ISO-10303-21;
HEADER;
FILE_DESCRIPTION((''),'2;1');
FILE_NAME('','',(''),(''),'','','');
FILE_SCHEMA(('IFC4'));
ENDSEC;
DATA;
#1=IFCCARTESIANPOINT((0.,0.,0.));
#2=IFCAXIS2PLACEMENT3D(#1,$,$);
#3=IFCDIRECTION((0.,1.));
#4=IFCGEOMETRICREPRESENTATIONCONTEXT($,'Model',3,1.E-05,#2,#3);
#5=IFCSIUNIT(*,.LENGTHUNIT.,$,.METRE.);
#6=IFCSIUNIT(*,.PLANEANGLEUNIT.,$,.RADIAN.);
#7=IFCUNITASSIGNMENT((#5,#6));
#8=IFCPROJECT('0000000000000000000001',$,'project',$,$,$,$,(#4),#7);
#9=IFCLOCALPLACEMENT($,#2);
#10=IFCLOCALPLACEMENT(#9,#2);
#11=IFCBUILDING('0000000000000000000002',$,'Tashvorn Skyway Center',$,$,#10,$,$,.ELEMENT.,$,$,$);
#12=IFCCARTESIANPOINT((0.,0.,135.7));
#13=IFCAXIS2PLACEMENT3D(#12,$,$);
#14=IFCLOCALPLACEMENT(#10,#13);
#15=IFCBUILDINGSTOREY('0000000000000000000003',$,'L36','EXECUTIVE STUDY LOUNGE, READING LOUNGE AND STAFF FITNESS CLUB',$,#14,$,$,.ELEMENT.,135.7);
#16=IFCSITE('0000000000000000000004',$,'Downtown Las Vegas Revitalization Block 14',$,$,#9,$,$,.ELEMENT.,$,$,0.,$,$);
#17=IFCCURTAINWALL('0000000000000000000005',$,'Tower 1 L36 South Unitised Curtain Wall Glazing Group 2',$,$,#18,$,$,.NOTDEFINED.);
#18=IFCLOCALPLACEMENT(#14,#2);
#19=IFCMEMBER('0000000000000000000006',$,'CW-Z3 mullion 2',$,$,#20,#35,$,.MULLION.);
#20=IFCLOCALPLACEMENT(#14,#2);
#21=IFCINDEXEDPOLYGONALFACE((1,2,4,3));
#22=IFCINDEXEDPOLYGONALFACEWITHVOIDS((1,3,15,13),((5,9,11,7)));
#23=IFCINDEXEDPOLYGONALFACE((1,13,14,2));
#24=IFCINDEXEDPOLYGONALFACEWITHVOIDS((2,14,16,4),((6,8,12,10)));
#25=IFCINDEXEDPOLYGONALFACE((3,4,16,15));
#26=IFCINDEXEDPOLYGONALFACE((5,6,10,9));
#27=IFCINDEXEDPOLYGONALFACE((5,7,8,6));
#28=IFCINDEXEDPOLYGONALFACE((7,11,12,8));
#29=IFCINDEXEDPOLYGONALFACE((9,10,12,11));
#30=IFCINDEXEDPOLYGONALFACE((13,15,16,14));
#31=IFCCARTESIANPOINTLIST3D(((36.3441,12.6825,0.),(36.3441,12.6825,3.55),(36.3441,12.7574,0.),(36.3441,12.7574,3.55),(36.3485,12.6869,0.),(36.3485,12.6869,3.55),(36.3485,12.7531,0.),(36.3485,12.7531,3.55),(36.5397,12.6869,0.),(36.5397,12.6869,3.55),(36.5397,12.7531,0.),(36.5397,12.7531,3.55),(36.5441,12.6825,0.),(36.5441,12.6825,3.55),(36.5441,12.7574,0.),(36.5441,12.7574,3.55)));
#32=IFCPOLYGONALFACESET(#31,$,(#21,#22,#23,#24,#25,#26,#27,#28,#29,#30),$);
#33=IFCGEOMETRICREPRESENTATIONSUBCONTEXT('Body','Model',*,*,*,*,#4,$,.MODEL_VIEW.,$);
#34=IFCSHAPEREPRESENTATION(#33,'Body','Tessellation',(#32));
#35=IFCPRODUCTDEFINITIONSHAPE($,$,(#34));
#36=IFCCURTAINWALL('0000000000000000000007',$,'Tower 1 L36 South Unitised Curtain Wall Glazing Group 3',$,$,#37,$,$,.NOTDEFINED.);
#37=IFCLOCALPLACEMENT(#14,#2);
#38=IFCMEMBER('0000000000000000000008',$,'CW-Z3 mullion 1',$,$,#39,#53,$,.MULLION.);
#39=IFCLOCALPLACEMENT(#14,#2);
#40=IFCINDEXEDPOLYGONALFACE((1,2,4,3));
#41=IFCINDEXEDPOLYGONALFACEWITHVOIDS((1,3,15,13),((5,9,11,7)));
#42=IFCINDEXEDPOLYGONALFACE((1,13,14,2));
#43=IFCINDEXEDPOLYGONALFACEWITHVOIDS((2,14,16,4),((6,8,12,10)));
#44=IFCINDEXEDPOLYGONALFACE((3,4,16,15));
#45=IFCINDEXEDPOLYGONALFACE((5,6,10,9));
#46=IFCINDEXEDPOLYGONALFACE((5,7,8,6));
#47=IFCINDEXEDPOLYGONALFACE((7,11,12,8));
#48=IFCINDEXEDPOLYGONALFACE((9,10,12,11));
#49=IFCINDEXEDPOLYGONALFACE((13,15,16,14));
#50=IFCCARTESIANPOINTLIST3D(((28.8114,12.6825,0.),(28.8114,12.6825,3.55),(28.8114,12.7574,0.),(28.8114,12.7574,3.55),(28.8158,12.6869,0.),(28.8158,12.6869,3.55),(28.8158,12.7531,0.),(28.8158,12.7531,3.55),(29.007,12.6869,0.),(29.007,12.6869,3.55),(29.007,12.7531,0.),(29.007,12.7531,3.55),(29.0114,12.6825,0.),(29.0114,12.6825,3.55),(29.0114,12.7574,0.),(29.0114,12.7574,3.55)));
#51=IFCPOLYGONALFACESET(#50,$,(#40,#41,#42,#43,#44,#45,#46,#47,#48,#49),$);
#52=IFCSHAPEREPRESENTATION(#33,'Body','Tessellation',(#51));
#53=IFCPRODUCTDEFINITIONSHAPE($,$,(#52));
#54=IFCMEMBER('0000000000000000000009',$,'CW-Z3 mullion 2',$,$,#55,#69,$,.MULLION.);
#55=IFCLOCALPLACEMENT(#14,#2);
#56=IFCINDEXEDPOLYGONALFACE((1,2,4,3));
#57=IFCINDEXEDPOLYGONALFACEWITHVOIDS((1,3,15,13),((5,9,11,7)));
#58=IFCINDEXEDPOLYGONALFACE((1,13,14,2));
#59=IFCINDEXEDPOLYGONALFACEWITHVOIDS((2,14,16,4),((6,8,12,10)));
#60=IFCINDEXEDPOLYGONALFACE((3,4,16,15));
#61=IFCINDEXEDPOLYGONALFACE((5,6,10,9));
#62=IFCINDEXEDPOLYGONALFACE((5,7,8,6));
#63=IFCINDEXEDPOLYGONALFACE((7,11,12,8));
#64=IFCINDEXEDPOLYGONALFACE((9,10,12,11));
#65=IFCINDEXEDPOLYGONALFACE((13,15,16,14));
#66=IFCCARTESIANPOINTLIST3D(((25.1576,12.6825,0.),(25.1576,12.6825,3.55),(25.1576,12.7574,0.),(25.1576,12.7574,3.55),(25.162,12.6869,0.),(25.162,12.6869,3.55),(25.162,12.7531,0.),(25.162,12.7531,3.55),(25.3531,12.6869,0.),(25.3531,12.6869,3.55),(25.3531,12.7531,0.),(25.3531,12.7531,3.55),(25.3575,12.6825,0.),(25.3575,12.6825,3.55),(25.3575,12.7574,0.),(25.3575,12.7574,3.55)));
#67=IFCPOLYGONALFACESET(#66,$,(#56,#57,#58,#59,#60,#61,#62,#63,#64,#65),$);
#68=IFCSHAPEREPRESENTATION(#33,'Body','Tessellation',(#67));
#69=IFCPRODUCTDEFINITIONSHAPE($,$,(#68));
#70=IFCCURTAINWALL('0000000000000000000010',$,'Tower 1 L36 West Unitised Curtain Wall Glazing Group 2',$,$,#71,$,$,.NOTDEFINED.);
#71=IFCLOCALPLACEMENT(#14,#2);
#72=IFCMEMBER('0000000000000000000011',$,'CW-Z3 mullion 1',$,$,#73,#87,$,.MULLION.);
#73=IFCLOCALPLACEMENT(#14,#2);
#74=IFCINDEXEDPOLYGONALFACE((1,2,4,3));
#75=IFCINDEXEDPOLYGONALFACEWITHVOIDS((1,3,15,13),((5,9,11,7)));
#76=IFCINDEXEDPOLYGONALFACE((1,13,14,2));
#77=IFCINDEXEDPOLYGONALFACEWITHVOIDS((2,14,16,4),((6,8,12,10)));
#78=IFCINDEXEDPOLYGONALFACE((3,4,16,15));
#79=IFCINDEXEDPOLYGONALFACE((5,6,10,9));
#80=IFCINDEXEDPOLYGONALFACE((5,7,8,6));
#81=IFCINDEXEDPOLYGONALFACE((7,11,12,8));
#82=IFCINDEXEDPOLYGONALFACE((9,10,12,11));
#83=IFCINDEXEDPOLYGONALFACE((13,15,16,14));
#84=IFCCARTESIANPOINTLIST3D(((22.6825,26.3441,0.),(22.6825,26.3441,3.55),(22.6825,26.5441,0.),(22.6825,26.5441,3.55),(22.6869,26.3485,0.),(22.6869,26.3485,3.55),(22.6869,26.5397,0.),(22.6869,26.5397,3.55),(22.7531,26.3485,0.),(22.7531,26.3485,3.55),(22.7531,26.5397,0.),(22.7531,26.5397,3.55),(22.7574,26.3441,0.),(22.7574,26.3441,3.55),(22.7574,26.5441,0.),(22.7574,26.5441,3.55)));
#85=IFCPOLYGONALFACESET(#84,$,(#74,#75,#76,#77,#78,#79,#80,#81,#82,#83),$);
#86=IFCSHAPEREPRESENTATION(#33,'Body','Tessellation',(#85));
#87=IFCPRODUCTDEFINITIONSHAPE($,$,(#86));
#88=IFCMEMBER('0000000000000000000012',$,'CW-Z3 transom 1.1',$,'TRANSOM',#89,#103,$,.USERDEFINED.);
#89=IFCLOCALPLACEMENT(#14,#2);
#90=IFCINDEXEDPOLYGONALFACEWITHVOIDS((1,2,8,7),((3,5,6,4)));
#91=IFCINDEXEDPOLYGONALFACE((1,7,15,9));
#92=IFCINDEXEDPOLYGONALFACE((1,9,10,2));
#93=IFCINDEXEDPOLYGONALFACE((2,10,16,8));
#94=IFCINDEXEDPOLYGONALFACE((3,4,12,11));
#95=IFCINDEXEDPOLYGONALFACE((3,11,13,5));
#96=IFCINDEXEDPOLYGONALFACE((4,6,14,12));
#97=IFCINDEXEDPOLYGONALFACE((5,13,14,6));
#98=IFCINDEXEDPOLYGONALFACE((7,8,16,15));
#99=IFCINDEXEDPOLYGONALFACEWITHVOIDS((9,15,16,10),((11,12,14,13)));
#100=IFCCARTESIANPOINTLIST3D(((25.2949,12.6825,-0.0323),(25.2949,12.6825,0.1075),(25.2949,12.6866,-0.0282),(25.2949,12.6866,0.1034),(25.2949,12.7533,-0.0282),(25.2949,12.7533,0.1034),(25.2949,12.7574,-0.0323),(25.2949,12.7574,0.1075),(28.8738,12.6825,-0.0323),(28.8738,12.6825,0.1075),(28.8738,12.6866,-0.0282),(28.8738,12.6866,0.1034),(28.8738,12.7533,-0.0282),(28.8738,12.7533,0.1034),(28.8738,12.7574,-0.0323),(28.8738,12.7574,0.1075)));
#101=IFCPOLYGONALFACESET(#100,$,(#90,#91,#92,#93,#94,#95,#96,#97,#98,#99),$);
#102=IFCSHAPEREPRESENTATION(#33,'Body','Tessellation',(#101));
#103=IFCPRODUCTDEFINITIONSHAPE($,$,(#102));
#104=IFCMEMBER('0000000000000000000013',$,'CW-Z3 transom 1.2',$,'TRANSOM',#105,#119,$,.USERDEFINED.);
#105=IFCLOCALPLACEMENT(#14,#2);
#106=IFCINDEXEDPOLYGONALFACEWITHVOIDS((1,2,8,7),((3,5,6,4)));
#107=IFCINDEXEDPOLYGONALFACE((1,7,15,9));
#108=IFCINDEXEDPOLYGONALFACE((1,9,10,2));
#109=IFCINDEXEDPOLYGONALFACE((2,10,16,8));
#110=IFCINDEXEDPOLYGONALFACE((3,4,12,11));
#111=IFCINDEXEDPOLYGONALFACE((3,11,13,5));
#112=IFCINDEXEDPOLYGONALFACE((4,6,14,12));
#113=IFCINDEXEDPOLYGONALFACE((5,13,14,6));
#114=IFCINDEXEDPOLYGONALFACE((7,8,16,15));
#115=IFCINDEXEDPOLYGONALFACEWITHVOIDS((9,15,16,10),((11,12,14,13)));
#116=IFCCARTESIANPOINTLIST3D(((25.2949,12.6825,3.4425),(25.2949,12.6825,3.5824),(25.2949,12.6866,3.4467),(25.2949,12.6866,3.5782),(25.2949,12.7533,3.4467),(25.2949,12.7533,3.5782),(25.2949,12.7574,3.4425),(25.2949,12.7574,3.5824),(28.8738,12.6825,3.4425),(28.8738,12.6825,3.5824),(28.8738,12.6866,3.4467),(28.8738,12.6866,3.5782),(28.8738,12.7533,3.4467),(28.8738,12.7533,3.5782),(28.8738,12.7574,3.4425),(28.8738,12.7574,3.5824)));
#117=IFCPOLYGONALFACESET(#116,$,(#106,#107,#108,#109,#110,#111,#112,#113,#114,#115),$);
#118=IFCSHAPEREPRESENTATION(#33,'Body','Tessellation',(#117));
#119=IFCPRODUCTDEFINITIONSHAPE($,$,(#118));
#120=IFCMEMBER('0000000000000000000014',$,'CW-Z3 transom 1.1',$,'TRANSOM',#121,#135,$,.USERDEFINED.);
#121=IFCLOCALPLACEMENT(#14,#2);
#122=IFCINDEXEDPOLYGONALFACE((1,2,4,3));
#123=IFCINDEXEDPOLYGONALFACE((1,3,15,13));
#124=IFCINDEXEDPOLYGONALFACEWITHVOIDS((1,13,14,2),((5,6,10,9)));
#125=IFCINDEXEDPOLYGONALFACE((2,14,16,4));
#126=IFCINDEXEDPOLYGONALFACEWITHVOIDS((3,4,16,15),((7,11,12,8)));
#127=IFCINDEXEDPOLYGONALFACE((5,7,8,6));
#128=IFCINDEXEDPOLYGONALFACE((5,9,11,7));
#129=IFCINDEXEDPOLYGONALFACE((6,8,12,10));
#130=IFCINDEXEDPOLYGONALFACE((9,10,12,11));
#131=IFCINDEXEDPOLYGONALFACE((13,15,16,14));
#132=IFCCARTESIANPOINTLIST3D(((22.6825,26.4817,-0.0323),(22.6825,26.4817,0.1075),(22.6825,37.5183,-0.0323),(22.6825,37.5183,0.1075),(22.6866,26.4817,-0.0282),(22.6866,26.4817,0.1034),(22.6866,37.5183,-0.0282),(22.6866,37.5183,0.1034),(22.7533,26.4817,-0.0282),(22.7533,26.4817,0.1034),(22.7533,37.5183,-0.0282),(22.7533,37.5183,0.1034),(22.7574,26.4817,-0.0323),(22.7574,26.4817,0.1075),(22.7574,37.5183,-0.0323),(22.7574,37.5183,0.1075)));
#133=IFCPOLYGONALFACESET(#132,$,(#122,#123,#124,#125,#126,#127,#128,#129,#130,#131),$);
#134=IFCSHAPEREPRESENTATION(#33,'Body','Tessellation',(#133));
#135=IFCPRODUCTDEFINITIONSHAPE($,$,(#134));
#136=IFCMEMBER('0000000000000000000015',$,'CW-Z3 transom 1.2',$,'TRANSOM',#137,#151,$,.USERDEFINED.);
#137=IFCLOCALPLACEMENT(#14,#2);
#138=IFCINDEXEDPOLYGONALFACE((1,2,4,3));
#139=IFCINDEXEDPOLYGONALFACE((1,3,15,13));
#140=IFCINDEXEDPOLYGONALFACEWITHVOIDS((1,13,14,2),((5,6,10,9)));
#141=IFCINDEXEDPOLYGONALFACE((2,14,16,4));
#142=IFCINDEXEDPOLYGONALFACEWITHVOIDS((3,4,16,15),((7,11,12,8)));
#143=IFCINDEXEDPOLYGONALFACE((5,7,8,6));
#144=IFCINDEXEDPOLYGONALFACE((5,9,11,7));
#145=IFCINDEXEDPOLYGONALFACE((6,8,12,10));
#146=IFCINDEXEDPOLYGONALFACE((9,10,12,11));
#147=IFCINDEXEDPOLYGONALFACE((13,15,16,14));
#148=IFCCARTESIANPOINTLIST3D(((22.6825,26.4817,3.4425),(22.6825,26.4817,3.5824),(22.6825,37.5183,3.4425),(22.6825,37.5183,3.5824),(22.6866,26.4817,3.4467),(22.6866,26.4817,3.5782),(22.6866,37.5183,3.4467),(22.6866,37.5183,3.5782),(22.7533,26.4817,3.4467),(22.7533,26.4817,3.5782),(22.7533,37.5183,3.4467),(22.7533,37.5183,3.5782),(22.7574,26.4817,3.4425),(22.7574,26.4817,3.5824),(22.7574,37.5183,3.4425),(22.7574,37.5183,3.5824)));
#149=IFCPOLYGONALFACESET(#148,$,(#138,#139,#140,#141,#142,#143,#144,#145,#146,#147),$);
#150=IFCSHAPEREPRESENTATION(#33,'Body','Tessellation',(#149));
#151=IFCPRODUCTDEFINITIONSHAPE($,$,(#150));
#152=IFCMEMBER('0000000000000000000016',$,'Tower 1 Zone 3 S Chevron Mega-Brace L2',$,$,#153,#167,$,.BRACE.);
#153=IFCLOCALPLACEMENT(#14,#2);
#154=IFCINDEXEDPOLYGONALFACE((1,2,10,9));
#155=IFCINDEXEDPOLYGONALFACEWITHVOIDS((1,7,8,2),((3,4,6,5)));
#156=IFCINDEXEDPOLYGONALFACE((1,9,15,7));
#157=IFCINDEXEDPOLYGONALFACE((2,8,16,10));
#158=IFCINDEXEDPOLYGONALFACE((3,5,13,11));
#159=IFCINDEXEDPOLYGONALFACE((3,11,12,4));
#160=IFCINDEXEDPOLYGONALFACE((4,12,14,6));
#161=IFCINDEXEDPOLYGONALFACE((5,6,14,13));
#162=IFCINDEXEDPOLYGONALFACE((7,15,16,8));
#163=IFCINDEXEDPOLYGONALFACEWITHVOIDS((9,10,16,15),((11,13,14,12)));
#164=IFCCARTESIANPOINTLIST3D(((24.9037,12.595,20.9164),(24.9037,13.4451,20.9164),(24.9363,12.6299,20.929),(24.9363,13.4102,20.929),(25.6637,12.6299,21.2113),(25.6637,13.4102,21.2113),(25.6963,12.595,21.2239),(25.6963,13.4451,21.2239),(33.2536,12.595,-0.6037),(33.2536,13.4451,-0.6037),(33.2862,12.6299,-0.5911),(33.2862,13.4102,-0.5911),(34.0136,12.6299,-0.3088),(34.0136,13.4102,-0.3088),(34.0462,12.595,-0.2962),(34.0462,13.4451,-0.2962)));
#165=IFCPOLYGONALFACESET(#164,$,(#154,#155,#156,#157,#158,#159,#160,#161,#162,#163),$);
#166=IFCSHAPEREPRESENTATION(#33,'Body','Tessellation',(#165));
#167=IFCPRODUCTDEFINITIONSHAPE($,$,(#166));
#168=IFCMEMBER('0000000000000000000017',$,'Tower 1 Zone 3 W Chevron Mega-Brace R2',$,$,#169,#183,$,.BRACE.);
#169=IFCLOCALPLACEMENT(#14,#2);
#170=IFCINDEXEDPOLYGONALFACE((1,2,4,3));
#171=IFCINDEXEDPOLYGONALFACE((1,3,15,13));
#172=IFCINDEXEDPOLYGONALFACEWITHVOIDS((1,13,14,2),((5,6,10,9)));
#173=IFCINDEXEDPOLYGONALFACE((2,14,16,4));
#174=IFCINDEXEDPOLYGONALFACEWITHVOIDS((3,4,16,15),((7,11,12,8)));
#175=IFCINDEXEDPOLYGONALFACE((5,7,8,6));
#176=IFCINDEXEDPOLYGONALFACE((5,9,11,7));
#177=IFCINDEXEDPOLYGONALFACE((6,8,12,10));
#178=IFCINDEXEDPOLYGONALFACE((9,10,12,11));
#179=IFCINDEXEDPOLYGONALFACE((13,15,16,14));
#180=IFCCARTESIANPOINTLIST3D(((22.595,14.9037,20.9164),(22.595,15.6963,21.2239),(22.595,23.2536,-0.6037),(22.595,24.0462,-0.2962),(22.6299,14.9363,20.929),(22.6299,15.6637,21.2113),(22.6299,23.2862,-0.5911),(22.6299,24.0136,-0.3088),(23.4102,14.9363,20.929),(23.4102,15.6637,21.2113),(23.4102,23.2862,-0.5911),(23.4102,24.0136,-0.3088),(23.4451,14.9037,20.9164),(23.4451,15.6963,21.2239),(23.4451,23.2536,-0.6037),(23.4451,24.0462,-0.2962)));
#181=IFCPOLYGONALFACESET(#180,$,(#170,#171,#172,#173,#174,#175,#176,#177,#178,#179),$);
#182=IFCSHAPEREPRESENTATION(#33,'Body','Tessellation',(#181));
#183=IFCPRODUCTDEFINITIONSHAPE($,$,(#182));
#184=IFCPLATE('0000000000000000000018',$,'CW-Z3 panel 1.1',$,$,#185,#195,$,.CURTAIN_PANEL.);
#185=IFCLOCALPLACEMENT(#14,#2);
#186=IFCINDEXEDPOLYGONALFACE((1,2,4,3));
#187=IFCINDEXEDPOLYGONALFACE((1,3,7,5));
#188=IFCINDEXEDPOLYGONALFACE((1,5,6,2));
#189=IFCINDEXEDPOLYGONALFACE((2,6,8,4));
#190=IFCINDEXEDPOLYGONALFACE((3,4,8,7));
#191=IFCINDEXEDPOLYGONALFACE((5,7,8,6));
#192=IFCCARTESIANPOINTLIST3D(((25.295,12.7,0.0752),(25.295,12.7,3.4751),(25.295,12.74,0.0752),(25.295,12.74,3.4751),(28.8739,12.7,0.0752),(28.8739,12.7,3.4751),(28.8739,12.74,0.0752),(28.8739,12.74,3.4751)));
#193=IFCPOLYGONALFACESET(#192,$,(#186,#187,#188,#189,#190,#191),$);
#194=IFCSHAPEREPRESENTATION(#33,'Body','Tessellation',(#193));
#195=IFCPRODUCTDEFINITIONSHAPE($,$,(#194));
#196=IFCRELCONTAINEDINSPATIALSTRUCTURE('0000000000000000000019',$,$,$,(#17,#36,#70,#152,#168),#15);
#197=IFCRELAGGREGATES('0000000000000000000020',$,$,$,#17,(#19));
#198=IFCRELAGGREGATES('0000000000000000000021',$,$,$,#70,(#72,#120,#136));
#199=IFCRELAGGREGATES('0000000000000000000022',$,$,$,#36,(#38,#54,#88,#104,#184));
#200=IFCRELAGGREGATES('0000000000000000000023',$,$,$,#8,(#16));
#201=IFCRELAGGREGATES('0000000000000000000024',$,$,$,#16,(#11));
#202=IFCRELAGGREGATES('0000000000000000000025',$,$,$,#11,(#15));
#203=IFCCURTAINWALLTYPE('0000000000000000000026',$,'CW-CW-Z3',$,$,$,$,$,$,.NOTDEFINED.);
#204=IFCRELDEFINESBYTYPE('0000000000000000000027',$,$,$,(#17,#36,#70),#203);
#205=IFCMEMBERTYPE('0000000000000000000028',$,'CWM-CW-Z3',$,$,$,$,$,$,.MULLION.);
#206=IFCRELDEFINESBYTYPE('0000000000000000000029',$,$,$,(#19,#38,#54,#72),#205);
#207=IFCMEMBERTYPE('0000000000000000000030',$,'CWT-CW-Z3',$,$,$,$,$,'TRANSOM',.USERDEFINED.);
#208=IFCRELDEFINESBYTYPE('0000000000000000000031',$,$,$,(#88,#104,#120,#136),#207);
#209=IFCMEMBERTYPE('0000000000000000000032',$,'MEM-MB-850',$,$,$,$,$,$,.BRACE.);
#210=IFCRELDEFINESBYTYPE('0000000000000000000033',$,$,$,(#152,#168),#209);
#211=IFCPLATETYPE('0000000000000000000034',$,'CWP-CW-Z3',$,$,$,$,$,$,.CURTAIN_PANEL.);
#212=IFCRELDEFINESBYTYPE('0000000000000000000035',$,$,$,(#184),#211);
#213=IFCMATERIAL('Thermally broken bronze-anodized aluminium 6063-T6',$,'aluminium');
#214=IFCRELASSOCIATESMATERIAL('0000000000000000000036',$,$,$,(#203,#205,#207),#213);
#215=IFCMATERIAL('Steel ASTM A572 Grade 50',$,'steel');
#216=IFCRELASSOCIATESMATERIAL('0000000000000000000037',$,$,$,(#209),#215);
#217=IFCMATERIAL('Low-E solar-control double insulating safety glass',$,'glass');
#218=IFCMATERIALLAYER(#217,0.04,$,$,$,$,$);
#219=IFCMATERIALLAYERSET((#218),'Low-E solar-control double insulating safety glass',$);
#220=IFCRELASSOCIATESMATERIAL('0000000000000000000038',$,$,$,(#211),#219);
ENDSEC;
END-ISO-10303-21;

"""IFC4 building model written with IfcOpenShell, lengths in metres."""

from ifc_helpers import new_model, si_unit, direction, frame, origin, origin_2d, place, context, subcontext, project, spatial, rectangle, hollow_rectangle, extrude, material, layer, layer_set, material_profile, profile_set, type_object, element, aggregate, save


model = new_model("IFC4")

# Units and contexts
model_context = context("Model", 3, precision=1e-05, world=origin(), true_north=direction((0.0, 1.0)))
body_context = subcontext(model_context, "Body", "Model", "MODEL_VIEW")
ifc_project = project(units=[si_unit("LENGTHUNIT", "METRE"), si_unit("PLANEANGLEUNIT", "RADIAN")], contexts=[model_context])

# Site, building, storey
site_placement = place(None, origin())
site = spatial("IfcSite", under=ifc_project, at=site_placement, Name="Downtown Las Vegas Revitalization Block 14", CompositionType="ELEMENT", RefElevation=0.0)
building_placement = place(site_placement, origin())
building = spatial("IfcBuilding", under=site, at=building_placement, Name="Tashvorn Skyway Center", CompositionType="ELEMENT")
storey_placement = place(building_placement, frame((0.0, 0.0, 135.7)))
storey = spatial("IfcBuildingStorey", under=building, at=storey_placement, Name="L36", Description="EXECUTIVE STUDY LOUNGE, READING LOUNGE AND STAFF FITNESS CLUB", CompositionType="ELEMENT", Elevation=135.7)

# Shared definitions
ifc_material_1 = material(Name="Steel ASTM A572 Grade 50", Category="steel")

# Curtain wall, member
ifc_material_2 = material(Name="Thermally broken bronze-anodized aluminium 6063-T6", Category="aluminium")
curtain_wall_type = type_object("IfcCurtainWallType", Name="CW-CW-Z3", PredefinedType="NOTDEFINED", material=ifc_material_2)
curtain_wall_1_placement = place(storey_placement, origin())
curtain_wall_1 = element("IfcCurtainWall", 1, at=curtain_wall_1_placement, inside=storey, type_object=curtain_wall_type, Name="Tower 1 L36 South Unitised Curtain Wall Glazing Group 2", PredefinedType="NOTDEFINED")
ifc_material_profile_1 = material_profile(ifc_material_2, hollow_rectangle(XDim=0.075, YDim=0.2, WallThickness=0.0044, at=origin_2d()), Name="ALU-MULL-75x200")
ifc_profile_set_1 = profile_set([ifc_material_profile_1], Name="Thermally broken bronze-anodized aluminium 6063-T6")
member_type_1 = type_object("IfcMemberType", Name="CWM-CW-Z3", PredefinedType="MULLION", material=ifc_profile_set_1)
member_1_placement = place(storey_placement, frame((36.4441, 12.72, 0.0), z_axis=(0.0, 0.0, 1.0), x_axis=(0.0, -1.0, 0.0)))
member_1 = element("IfcMember", 2, at=member_1_placement, type_object=member_type_1, Name="CW-Z3 mullion 2", PredefinedType="MULLION", context=body_context, shape_type="SweptSolid", body=[
    extrude(hollow_rectangle(XDim=0.075, YDim=0.2, WallThickness=0.0044, at=origin_2d()), origin(), (0.0, 0.0, 1.0), 3.55),
])
aggregate(curtain_wall_1, [member_1])

# Curtain wall, members
curtain_wall_2_placement = place(storey_placement, origin())
curtain_wall_2 = element("IfcCurtainWall", 3, at=curtain_wall_2_placement, inside=storey, type_object=curtain_wall_type, Name="Tower 1 L36 South Unitised Curtain Wall Glazing Group 3", PredefinedType="NOTDEFINED")
member_2_placement = place(storey_placement, frame((28.9114, 12.72, 0.0), z_axis=(0.0, 0.0, 1.0), x_axis=(0.0, -1.0, 0.0)))
member_2 = element("IfcMember", 4, at=member_2_placement, type_object=member_type_1, Name="CW-Z3 mullion 1", PredefinedType="MULLION", context=body_context, shape_type="SweptSolid", body=[
    extrude(hollow_rectangle(XDim=0.075, YDim=0.2, WallThickness=0.0044, at=origin_2d()), origin(), (0.0, 0.0, 1.0), 3.55),
])
member_3_placement = place(storey_placement, frame((25.2576, 12.72, 0.0), z_axis=(0.0, 0.0, 1.0), x_axis=(0.0, -1.0, 0.0)))
member_3 = element("IfcMember", 5, at=member_3_placement, type_object=member_type_1, Name="CW-Z3 mullion 2", PredefinedType="MULLION", context=body_context, shape_type="SweptSolid", body=[
    extrude(hollow_rectangle(XDim=0.075, YDim=0.2, WallThickness=0.0044, at=origin_2d()), origin(), (0.0, 0.0, 1.0), 3.55),
])

# Curtain wall, member
curtain_wall_3_placement = place(storey_placement, origin())
curtain_wall_3 = element("IfcCurtainWall", 6, at=curtain_wall_3_placement, inside=storey, type_object=curtain_wall_type, Name="Tower 1 L36 West Unitised Curtain Wall Glazing Group 2", PredefinedType="NOTDEFINED")
member_4_placement = place(storey_placement, frame((22.72, 26.4441, 0.0), z_axis=(0.0, 0.0, 1.0), x_axis=(-1.0, 0.0, 0.0)))
member_4 = element("IfcMember", 7, at=member_4_placement, type_object=member_type_1, Name="CW-Z3 mullion 1", PredefinedType="MULLION", context=body_context, shape_type="SweptSolid", body=[
    extrude(hollow_rectangle(XDim=0.075, YDim=0.2, WallThickness=0.0044, at=origin_2d()), origin(), (0.0, 0.0, 1.0), 3.55),
])

# Members
ifc_material_profile_2 = material_profile(ifc_material_2, hollow_rectangle(XDim=0.075, YDim=0.1399, WallThickness=0.0042, at=origin_2d()), Name="ALU-TRAN-75x140")
ifc_profile_set_2 = profile_set([ifc_material_profile_2], Name="Thermally broken bronze-anodized aluminium 6063-T6")
member_type_2 = type_object("IfcMemberType", Name="CWT-CW-Z3", ElementType="TRANSOM", PredefinedType="USERDEFINED", material=ifc_profile_set_2)
member_5_placement = place(storey_placement, frame((28.8738, 12.72, 0.0376), z_axis=(-1.0, 0.0, 0.0), x_axis=(0.0, -1.0, 0.0)))
member_5 = element("IfcMember", 8, at=member_5_placement, type_object=member_type_2, Name="CW-Z3 transom 1.1", ObjectType="TRANSOM", PredefinedType="USERDEFINED", context=body_context, shape_type="SweptSolid", body=[
    extrude(hollow_rectangle(XDim=0.075, YDim=0.1399, WallThickness=0.0042, at=origin_2d()), origin(), (0.0, 0.0, 1.0), 3.5789),
])
member_6_placement = place(storey_placement, frame((28.8738, 12.72, 3.5125), z_axis=(-1.0, 0.0, 0.0), x_axis=(0.0, -1.0, 0.0)))
member_6 = element("IfcMember", 9, at=member_6_placement, type_object=member_type_2, Name="CW-Z3 transom 1.2", ObjectType="TRANSOM", PredefinedType="USERDEFINED", context=body_context, shape_type="SweptSolid", body=[
    extrude(hollow_rectangle(XDim=0.075, YDim=0.1399, WallThickness=0.0042, at=origin_2d()), origin(), (0.0, 0.0, 1.0), 3.5789),
])
member_7_placement = place(storey_placement, frame((22.72, 26.4817, 0.0376), z_axis=(0.0, 1.0, 0.0), x_axis=(-1.0, 0.0, 0.0)))
member_7 = element("IfcMember", 10, at=member_7_placement, type_object=member_type_2, Name="CW-Z3 transom 1.1", ObjectType="TRANSOM", PredefinedType="USERDEFINED", context=body_context, shape_type="SweptSolid", body=[
    extrude(hollow_rectangle(XDim=0.075, YDim=0.1399, WallThickness=0.0042, at=origin_2d()), origin(), (0.0, 0.0, 1.0), 11.0366),
])
member_8_placement = place(storey_placement, frame((22.72, 26.4817, 3.5125), z_axis=(0.0, 1.0, 0.0), x_axis=(-1.0, 0.0, 0.0)))
member_8 = element("IfcMember", 11, at=member_8_placement, type_object=member_type_2, Name="CW-Z3 transom 1.2", ObjectType="TRANSOM", PredefinedType="USERDEFINED", context=body_context, shape_type="SweptSolid", body=[
    extrude(hollow_rectangle(XDim=0.075, YDim=0.1399, WallThickness=0.0042, at=origin_2d()), origin(), (0.0, 0.0, 1.0), 11.0366),
])
aggregate(curtain_wall_3, [member_4, member_7, member_8])

# Members
ifc_material_profile_3 = material_profile(ifc_material_1, hollow_rectangle(XDim=0.8501, YDim=0.8501, WallThickness=0.0349, at=origin_2d()), Name="BOX850x850x35")
ifc_profile_set_3 = profile_set([ifc_material_profile_3], Name="Steel ASTM A572 Grade 50")
member_type_3 = type_object("IfcMemberType", Name="MEM-MB-850", PredefinedType="BRACE", material=ifc_profile_set_3)
for number, where, z_axis, x_axis, name in (
    (12, (33.6499, 13.02, -0.45), (-0.36173, 0.0, 0.932283), (0.0, -1.0, 0.0), "Tower 1 Zone 3 S Chevron Mega-Brace L2"),
    (13, (23.02, 23.6499, -0.45), (0.0, -0.36173, 0.932283), (1.0, 0.0, 0.0), "Tower 1 Zone 3 W Chevron Mega-Brace R2"),
):
    element("IfcMember", number, at=place(storey_placement, frame(where, z_axis=z_axis, x_axis=x_axis)), inside=storey, type_object=member_type_3, Name=name, PredefinedType="BRACE", context=body_context, shape_type="SweptSolid", body=[
        extrude(hollow_rectangle(XDim=0.8501, YDim=0.8501, WallThickness=0.0349, at=origin_2d()), origin(), (0.0, 0.0, 1.0), 23.0833),
    ])

# Plate
ifc_material_3 = material(Name="Low-E solar-control double insulating safety glass", Category="glass")
ifc_layer_1 = layer(ifc_material_3, 0.04)
ifc_layer_set_1 = layer_set([ifc_layer_1], Name="Low-E solar-control double insulating safety glass")
plate_type_1 = type_object("IfcPlateType", Name="CWP-CW-Z3", PredefinedType="CURTAIN_PANEL", material=ifc_layer_set_1)
plate_placement = place(storey_placement, frame((27.0845, 12.72, 0.0752), z_axis=(0.0, 0.0, 1.0), x_axis=(-1.0, 0.0, 0.0)))
plate = element("IfcPlate", 14, at=plate_placement, type_object=plate_type_1, Name="CW-Z3 panel 1.1", PredefinedType="CURTAIN_PANEL", context=body_context, shape_type="SweptSolid", body=[
    extrude(rectangle(XDim=3.5789, YDim=0.04, at=origin_2d()), origin(), (0.0, 0.0, 1.0), 3.3999),
])
aggregate(curtain_wall_2, [member_2, member_3, member_5, member_6, plate])

save(model, "model.ifc")
